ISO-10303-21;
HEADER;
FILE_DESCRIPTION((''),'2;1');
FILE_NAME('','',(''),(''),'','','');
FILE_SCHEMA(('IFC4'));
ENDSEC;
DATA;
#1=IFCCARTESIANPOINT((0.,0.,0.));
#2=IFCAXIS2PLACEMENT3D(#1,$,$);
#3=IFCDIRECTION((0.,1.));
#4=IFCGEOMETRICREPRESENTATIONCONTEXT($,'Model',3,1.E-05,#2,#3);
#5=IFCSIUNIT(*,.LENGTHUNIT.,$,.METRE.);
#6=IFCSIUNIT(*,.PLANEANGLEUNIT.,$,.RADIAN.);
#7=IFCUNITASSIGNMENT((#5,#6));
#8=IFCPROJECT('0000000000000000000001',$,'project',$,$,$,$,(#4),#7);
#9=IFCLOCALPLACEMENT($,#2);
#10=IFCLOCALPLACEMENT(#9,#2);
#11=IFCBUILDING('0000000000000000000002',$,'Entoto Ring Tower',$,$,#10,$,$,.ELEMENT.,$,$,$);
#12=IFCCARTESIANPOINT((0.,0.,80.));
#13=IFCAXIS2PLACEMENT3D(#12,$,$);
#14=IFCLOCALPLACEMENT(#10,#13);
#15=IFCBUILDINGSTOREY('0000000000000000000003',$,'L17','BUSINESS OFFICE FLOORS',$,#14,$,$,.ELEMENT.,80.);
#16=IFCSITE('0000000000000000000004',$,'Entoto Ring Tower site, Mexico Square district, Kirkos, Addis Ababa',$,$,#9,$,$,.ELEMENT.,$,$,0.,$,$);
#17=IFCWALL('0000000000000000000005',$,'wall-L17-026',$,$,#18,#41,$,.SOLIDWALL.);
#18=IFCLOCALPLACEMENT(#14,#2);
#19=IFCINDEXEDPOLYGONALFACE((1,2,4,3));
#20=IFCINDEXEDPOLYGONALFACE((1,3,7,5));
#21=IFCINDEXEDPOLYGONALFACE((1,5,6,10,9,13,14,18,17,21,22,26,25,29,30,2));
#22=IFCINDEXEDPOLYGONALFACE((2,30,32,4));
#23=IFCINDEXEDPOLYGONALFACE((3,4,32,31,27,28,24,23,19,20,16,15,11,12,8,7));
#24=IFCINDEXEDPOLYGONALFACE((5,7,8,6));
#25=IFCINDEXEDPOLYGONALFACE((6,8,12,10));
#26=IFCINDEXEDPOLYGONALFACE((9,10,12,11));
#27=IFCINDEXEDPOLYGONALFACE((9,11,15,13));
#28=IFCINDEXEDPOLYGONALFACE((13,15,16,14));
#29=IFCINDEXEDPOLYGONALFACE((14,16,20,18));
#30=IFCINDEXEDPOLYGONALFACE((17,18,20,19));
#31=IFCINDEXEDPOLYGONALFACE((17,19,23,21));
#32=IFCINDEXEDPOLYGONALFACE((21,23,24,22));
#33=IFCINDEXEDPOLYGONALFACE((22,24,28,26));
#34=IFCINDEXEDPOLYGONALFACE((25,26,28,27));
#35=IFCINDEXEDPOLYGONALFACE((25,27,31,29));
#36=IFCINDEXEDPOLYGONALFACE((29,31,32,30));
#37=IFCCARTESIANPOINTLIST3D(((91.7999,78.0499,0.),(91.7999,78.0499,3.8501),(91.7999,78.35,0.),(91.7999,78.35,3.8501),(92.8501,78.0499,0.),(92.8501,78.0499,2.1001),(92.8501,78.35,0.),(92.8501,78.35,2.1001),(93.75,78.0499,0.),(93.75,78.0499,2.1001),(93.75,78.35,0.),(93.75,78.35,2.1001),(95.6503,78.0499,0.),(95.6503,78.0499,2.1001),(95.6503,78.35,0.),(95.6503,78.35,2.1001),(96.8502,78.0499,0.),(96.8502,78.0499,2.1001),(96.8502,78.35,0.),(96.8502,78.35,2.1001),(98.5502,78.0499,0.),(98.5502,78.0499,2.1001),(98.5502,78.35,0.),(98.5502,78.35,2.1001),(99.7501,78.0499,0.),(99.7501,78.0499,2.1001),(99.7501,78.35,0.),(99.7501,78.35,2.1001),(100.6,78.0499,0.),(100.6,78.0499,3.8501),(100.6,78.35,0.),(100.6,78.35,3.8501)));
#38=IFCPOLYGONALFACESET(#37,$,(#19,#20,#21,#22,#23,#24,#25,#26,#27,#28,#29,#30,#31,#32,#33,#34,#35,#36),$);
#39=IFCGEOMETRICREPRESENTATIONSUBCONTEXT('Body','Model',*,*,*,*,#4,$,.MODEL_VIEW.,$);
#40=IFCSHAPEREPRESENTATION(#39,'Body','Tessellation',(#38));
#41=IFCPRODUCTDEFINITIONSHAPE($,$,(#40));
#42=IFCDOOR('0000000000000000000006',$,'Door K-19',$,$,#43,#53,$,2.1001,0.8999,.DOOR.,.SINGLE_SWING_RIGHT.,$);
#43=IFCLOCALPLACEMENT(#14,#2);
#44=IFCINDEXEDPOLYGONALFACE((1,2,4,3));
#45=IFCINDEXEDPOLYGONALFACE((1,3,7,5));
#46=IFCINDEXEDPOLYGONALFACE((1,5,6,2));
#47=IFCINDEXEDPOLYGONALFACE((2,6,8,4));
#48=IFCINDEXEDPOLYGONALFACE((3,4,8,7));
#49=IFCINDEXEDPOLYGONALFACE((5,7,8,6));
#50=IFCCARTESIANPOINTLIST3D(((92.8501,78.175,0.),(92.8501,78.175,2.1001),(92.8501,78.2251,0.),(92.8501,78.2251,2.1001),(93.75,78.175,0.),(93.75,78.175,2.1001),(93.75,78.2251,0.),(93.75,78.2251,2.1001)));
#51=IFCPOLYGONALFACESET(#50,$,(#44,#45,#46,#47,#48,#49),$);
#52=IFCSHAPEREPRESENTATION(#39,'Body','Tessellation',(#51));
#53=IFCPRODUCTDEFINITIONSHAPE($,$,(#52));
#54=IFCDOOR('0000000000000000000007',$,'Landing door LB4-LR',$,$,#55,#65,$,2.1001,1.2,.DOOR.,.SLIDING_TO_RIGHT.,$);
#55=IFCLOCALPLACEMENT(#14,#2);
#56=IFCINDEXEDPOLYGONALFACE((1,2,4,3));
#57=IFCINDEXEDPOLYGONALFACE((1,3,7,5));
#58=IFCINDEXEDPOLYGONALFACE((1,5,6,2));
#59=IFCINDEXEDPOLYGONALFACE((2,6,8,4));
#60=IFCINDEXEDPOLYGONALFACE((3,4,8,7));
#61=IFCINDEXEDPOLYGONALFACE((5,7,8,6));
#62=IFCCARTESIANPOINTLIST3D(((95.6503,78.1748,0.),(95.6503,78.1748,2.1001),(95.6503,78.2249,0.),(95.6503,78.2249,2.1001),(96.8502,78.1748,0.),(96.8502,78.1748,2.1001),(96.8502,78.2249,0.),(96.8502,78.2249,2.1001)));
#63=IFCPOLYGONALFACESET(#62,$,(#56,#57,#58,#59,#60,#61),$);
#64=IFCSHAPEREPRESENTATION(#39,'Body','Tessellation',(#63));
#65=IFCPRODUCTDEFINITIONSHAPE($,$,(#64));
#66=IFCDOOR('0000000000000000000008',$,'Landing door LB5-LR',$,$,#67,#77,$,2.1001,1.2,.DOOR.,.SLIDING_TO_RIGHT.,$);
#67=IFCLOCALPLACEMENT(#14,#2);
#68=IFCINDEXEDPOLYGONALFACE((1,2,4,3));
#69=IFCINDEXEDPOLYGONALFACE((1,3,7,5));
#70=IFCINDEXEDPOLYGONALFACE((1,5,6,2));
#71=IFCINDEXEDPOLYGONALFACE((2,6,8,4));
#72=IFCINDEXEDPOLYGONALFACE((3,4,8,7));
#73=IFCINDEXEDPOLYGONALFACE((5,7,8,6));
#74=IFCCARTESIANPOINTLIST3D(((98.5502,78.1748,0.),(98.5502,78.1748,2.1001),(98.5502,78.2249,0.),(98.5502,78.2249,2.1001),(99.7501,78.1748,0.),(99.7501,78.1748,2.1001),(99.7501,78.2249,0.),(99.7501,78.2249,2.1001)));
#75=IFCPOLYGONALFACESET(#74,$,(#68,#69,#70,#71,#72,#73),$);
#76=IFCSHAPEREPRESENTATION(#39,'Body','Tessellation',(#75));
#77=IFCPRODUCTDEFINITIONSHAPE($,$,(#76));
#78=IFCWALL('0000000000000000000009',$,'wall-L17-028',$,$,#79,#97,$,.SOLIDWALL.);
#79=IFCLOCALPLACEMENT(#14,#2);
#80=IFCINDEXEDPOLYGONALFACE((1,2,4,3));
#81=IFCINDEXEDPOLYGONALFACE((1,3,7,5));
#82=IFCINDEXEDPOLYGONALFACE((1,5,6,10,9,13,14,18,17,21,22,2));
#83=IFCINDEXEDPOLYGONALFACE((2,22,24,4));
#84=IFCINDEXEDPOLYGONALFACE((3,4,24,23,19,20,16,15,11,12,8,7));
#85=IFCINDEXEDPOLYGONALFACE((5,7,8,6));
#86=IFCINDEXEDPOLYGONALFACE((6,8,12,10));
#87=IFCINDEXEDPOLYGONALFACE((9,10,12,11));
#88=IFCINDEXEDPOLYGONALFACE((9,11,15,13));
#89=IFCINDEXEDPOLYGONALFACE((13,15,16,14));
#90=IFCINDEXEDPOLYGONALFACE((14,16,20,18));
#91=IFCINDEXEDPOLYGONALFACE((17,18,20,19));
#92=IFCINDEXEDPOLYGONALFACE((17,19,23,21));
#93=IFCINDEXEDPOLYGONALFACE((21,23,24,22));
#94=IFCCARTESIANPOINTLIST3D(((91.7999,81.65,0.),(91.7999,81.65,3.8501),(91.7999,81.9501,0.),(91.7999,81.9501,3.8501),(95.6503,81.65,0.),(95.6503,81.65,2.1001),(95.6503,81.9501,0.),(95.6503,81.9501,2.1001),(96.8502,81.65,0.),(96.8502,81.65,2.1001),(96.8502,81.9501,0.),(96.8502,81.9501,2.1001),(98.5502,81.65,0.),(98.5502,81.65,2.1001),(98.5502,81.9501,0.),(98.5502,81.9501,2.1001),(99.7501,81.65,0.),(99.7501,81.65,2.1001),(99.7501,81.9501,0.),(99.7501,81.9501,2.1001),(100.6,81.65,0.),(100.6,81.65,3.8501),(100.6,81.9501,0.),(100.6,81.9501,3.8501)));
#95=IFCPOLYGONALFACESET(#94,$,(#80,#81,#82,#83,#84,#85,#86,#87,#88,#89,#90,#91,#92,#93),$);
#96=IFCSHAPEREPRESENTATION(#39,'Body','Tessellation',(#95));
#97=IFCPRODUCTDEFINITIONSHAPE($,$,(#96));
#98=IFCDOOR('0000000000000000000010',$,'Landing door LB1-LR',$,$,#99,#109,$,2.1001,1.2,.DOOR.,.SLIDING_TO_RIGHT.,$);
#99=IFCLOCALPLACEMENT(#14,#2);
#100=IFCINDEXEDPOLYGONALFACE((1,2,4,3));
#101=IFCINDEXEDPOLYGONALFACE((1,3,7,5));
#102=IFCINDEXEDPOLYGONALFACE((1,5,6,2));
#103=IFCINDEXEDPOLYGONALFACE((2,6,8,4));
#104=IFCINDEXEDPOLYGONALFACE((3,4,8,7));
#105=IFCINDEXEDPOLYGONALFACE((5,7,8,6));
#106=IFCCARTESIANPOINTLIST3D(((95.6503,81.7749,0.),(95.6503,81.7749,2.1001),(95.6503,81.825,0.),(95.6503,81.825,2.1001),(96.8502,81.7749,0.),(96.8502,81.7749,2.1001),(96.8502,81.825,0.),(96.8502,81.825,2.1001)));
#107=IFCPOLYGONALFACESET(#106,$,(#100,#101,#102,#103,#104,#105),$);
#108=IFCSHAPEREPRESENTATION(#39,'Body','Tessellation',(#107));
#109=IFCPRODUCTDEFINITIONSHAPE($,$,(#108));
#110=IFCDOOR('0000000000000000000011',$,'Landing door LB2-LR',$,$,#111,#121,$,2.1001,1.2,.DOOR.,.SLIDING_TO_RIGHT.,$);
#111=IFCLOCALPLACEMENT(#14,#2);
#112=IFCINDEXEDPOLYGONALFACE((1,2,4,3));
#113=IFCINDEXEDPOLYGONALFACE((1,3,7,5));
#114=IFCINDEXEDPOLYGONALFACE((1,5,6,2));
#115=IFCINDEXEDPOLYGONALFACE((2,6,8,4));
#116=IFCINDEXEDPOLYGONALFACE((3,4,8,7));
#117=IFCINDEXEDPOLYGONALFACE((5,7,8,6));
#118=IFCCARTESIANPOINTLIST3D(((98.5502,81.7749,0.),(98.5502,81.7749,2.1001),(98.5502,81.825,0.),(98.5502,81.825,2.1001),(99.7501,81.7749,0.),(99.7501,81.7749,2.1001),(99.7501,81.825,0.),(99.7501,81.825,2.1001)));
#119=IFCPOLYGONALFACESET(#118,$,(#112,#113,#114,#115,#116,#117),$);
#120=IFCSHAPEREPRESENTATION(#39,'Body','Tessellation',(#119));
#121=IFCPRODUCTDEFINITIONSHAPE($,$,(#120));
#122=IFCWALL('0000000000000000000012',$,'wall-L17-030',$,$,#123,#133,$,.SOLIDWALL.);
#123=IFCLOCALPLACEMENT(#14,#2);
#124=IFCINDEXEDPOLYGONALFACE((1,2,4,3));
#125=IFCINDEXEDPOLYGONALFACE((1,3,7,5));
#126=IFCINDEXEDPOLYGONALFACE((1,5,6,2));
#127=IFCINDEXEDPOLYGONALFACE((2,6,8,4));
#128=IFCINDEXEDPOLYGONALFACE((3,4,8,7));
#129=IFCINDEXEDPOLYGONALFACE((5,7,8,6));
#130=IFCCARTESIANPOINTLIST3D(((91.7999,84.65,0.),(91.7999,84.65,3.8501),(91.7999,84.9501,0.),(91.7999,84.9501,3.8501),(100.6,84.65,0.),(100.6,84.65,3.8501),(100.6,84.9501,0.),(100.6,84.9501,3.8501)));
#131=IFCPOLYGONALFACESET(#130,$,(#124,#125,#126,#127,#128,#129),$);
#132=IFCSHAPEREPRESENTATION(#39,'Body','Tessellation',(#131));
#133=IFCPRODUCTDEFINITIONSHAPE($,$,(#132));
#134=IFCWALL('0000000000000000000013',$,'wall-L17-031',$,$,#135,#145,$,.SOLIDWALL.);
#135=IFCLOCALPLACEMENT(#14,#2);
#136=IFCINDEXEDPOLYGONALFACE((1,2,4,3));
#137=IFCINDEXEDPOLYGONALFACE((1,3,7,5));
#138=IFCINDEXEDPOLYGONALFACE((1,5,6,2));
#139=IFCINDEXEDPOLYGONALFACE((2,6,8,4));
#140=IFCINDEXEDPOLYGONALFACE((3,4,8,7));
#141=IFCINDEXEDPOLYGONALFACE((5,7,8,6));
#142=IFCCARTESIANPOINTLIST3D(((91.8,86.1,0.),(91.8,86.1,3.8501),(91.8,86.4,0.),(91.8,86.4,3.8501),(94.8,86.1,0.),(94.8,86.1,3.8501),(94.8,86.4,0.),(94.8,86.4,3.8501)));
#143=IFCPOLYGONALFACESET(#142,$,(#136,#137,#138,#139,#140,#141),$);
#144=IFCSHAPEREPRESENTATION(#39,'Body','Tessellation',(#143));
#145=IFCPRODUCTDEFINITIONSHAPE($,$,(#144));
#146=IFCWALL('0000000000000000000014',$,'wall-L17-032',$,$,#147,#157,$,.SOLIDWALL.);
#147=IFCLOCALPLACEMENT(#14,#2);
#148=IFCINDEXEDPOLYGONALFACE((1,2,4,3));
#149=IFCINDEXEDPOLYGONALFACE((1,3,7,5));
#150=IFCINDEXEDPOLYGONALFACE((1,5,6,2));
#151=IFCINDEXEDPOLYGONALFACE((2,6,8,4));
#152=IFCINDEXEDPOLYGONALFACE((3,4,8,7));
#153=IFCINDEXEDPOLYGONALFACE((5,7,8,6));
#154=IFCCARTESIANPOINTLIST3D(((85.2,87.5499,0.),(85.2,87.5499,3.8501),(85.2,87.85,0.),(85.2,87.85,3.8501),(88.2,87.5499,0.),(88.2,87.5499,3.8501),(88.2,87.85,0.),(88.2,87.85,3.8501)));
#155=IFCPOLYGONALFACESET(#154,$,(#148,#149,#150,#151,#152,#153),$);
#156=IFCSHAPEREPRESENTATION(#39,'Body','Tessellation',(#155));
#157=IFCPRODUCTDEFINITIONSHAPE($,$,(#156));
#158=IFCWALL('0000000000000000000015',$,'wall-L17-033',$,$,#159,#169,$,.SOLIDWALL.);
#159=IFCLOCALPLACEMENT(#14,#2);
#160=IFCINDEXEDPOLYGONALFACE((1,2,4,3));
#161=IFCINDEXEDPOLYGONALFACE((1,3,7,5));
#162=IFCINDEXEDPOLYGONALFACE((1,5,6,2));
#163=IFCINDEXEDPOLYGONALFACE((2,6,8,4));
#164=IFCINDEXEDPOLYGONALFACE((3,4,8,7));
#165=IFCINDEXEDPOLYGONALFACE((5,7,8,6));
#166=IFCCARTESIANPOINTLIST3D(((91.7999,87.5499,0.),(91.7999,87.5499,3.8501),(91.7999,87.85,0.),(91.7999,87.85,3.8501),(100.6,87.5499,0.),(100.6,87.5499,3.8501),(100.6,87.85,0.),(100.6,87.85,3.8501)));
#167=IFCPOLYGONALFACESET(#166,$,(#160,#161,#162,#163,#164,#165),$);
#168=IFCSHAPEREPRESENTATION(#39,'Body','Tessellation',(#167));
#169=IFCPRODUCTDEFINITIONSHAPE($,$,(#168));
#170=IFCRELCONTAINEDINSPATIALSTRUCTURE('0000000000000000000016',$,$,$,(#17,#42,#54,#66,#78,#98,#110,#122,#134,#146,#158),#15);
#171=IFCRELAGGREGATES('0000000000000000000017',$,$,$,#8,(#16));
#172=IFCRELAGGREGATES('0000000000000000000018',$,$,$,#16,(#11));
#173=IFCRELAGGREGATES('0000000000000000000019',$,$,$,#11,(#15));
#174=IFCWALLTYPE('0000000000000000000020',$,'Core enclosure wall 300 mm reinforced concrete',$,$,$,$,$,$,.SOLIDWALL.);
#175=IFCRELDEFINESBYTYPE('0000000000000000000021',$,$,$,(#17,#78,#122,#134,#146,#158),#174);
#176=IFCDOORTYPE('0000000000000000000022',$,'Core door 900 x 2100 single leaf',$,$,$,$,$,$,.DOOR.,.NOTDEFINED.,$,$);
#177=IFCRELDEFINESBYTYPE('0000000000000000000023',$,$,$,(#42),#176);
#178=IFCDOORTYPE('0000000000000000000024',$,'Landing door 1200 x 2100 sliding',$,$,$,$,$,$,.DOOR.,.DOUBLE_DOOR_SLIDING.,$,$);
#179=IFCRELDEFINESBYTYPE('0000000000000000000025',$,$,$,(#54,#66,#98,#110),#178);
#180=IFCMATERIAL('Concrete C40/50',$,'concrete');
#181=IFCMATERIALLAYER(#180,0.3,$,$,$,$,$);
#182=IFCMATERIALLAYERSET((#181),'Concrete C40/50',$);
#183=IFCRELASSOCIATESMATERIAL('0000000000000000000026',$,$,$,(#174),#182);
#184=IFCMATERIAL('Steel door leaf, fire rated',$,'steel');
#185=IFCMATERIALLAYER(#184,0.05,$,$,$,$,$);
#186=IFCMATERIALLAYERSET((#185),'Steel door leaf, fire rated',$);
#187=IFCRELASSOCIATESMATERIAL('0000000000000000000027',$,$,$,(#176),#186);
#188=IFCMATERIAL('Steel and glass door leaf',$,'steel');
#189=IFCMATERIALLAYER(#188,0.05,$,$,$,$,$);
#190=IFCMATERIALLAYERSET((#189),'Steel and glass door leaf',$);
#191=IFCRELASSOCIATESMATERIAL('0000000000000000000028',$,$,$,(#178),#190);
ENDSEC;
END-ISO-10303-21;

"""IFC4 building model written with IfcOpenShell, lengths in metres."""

from ifc_helpers import new_model, si_unit, direction, frame, frame_2d, origin, place, context, subcontext, project, spatial, rectangle, extrude, material, layer, layer_set, type_object, element, fill, save


model = new_model("IFC4")

# Units and contexts
model_context = context("Model", 3, precision=1e-05, world=origin(), true_north=direction((0.0, 1.0)))
body_context = subcontext(model_context, "Body", "Model", "MODEL_VIEW")
ifc_project = project(units=[si_unit("LENGTHUNIT", "METRE"), si_unit("PLANEANGLEUNIT", "RADIAN")], contexts=[model_context])

# Site, building, storey
site_placement = place(None, origin())
site = spatial("IfcSite", under=ifc_project, at=site_placement, Name="Entoto Ring Tower site, Mexico Square district, Kirkos, Addis Ababa", CompositionType="ELEMENT", RefElevation=0.0)
building_placement = place(site_placement, origin())
building = spatial("IfcBuilding", under=site, at=building_placement, Name="Entoto Ring Tower", CompositionType="ELEMENT")
storey_placement = place(building_placement, frame((0.0, 0.0, 80.0)))
storey = spatial("IfcBuildingStorey", under=building, at=storey_placement, Name="L17", Description="BUSINESS OFFICE FLOORS", CompositionType="ELEMENT", Elevation=80.0)

# Shared definitions
ifc_material_1 = material(Name="Concrete C40/50", Category="concrete")
ifc_layer_1 = layer(ifc_material_1, 0.3)
ifc_layer_set_1 = layer_set([ifc_layer_1], Name="Concrete C40/50")
wall_type = type_object("IfcWallType", Name="Core enclosure wall 300 mm reinforced concrete", PredefinedType="SOLIDWALL", material=ifc_layer_set_1)

# Shared definitions
ifc_material_2 = material(Name="Steel door leaf, fire rated", Category="steel")
ifc_layer_2 = layer(ifc_material_2, 0.05)
ifc_layer_set_2 = layer_set([ifc_layer_2], Name="Steel door leaf, fire rated")
door_type_1 = type_object("IfcDoorType", Name="Core door 900 x 2100 single leaf", OperationType="NOTDEFINED", PredefinedType="DOOR", material=ifc_layer_set_2)

# Walls, openings, doors
ifc_material_3 = material(Name="Steel and glass door leaf", Category="steel")
ifc_layer_3 = layer(ifc_material_3, 0.05)
ifc_layer_set_3 = layer_set([ifc_layer_3], Name="Steel and glass door leaf")
door_type_2 = type_object("IfcDoorType", Name="Landing door 1200 x 2100 sliding", OperationType="DOUBLE_DOOR_SLIDING", PredefinedType="DOOR", material=ifc_layer_set_3)
wall_1_placement = place(storey_placement, frame((91.8, 78.2, 0.0), z_axis=(0.0, 0.0, 1.0), x_axis=(1.0, 0.0, 0.0)))
wall_1 = element("IfcWall", 1, at=wall_1_placement, inside=storey, type_object=wall_type, Name="wall-L17-026", PredefinedType="SOLIDWALL", context=body_context, shape_type="SweptSolid", body=[
    extrude(rectangle(XDim=8.8, YDim=0.3, at=frame_2d((4.3999, 0.0))), origin(), (0.0, 0.0, 1.0), 3.8501),
])
opening_1_placement = place(wall_1_placement, frame((3.8501, 0.0, 0.0)))
opening_1 = element("IfcOpeningElement", 2, at=opening_1_placement, cuts=wall_1, PredefinedType="OPENING", context=body_context, shape_type="SweptSolid", body=[
    extrude(rectangle(XDim=1.2, YDim=2.1001, at=frame_2d((0.6001, 1.05))), frame((0.0, 0.1602, 0.0), z_axis=(0.0, -1.0, 0.0), x_axis=(1.0, 0.0, 0.0)), (0.0, 0.0, 1.0), 0.3201),
])
opening_2_placement = place(wall_1_placement, frame((6.75, 0.0, 0.0)))
opening_2 = element("IfcOpeningElement", 3, at=opening_2_placement, cuts=wall_1, PredefinedType="OPENING", context=body_context, shape_type="SweptSolid", body=[
    extrude(rectangle(XDim=1.2, YDim=2.1001, at=frame_2d((0.6001, 1.05))), frame((0.0, 0.1602, 0.0), z_axis=(0.0, -1.0, 0.0), x_axis=(1.0, 0.0, 0.0)), (0.0, 0.0, 1.0), 0.3201),
])
opening_3_placement = place(wall_1_placement, frame((1.05, 0.0, 0.0)))
opening_3 = element("IfcOpeningElement", 4, at=opening_3_placement, cuts=wall_1, PredefinedType="OPENING", context=body_context, shape_type="SweptSolid", body=[
    extrude(rectangle(XDim=0.8999, YDim=2.1001, at=frame_2d((0.45, 1.05))), frame((0.0, 0.1602, 0.0), z_axis=(0.0, -1.0, 0.0), x_axis=(1.0, 0.0, 0.0)), (0.0, 0.0, 1.0), 0.3201),
])
door_1_placement = place(opening_3_placement, frame((0.8999, 0.0, 0.0), z_axis=(0.0, 0.0, 1.0), x_axis=(-1.0, 0.0, 0.0)))
door_1 = element("IfcDoor", 5, at=door_1_placement, inside=storey, type_object=door_type_1, Name="Door K-19", OperationType="SINGLE_SWING_RIGHT", OverallHeight=2.1001, OverallWidth=0.8999, PredefinedType="DOOR", context=body_context, shape_type="SweptSolid", body=[
    extrude(rectangle(XDim=0.8999, YDim=2.1001, at=frame_2d((0.45, 1.05))), frame((0.0, 0.0249, 0.0), z_axis=(0.0, -1.0, 0.0), x_axis=(1.0, 0.0, 0.0)), (0.0, 0.0, 1.0), 0.05),
])
fill(opening_3, door_1)
door_2_placement = place(opening_1_placement, origin())
door_2 = element("IfcDoor", 6, at=door_2_placement, inside=storey, type_object=door_type_2, Name="Landing door LB4-LR", OperationType="SLIDING_TO_RIGHT", OverallHeight=2.1001, OverallWidth=1.2, PredefinedType="DOOR", context=body_context, shape_type="SweptSolid", body=[
    extrude(rectangle(XDim=1.2, YDim=2.1001, at=frame_2d((0.6001, 1.05))), frame((0.0, 0.0249, 0.0), z_axis=(0.0, -1.0, 0.0), x_axis=(1.0, 0.0, 0.0)), (0.0, 0.0, 1.0), 0.05),
])
fill(opening_1, door_2)
door_3_placement = place(opening_2_placement, origin())
door_3 = element("IfcDoor", 7, at=door_3_placement, inside=storey, type_object=door_type_2, Name="Landing door LB5-LR", OperationType="SLIDING_TO_RIGHT", OverallHeight=2.1001, OverallWidth=1.2, PredefinedType="DOOR", context=body_context, shape_type="SweptSolid", body=[
    extrude(rectangle(XDim=1.2, YDim=2.1001, at=frame_2d((0.6001, 1.05))), frame((0.0, 0.0249, 0.0), z_axis=(0.0, -1.0, 0.0), x_axis=(1.0, 0.0, 0.0)), (0.0, 0.0, 1.0), 0.05),
])
fill(opening_2, door_3)
wall_2_placement = place(storey_placement, frame((91.8, 81.8, 0.0), z_axis=(0.0, 0.0, 1.0), x_axis=(1.0, 0.0, 0.0)))
wall_2 = element("IfcWall", 8, at=wall_2_placement, inside=storey, type_object=wall_type, Name="wall-L17-028", PredefinedType="SOLIDWALL", context=body_context, shape_type="SweptSolid", body=[
    extrude(rectangle(XDim=8.8, YDim=0.3, at=frame_2d((4.3999, 0.0))), origin(), (0.0, 0.0, 1.0), 3.8501),
])
opening_4_placement = place(wall_2_placement, frame((3.8501, 0.0, 0.0)))
opening_4 = element("IfcOpeningElement", 9, at=opening_4_placement, cuts=wall_2, PredefinedType="OPENING", context=body_context, shape_type="SweptSolid", body=[
    extrude(rectangle(XDim=1.2, YDim=2.1001, at=frame_2d((0.6001, 1.05))), frame((0.0, 0.1602, 0.0), z_axis=(0.0, -1.0, 0.0), x_axis=(1.0, 0.0, 0.0)), (0.0, 0.0, 1.0), 0.3201),
])
opening_5_placement = place(wall_2_placement, frame((6.75, 0.0, 0.0)))
opening_5 = element("IfcOpeningElement", 10, at=opening_5_placement, cuts=wall_2, PredefinedType="OPENING", context=body_context, shape_type="SweptSolid", body=[
    extrude(rectangle(XDim=1.2, YDim=2.1001, at=frame_2d((0.6001, 1.05))), frame((0.0, 0.1602, 0.0), z_axis=(0.0, -1.0, 0.0), x_axis=(1.0, 0.0, 0.0)), (0.0, 0.0, 1.0), 0.3201),
])
door_4_placement = place(opening_4_placement, origin())
door_4 = element("IfcDoor", 11, at=door_4_placement, inside=storey, type_object=door_type_2, Name="Landing door LB1-LR", OperationType="SLIDING_TO_RIGHT", OverallHeight=2.1001, OverallWidth=1.2, PredefinedType="DOOR", context=body_context, shape_type="SweptSolid", body=[
    extrude(rectangle(XDim=1.2, YDim=2.1001, at=frame_2d((0.6001, 1.05))), frame((0.0, 0.0249, 0.0), z_axis=(0.0, -1.0, 0.0), x_axis=(1.0, 0.0, 0.0)), (0.0, 0.0, 1.0), 0.05),
])
fill(opening_4, door_4)
door_5_placement = place(opening_5_placement, origin())
door_5 = element("IfcDoor", 12, at=door_5_placement, inside=storey, type_object=door_type_2, Name="Landing door LB2-LR", OperationType="SLIDING_TO_RIGHT", OverallHeight=2.1001, OverallWidth=1.2, PredefinedType="DOOR", context=body_context, shape_type="SweptSolid", body=[
    extrude(rectangle(XDim=1.2, YDim=2.1001, at=frame_2d((0.6001, 1.05))), frame((0.0, 0.0249, 0.0), z_axis=(0.0, -1.0, 0.0), x_axis=(1.0, 0.0, 0.0)), (0.0, 0.0, 1.0), 0.05),
])
fill(opening_5, door_5)

# Walls
wall_3_placement = place(storey_placement, frame((91.8, 84.8, 0.0), z_axis=(0.0, 0.0, 1.0), x_axis=(1.0, 0.0, 0.0)))
element("IfcWall", 13, at=wall_3_placement, inside=storey, type_object=wall_type, Name="wall-L17-030", PredefinedType="SOLIDWALL", context=body_context, shape_type="SweptSolid", body=[
    extrude(rectangle(XDim=8.8, YDim=0.3, at=frame_2d((4.3999, 0.0))), origin(), (0.0, 0.0, 1.0), 3.8501),
])
for number, where, z_axis, x_axis, name in (
    (14, (91.8, 86.25, 0.0), (0.0, 0.0, 1.0), (1.0, 0.0, 0.0), "wall-L17-031"),
    (15, (85.2, 87.7, 0.0), (0.0, 0.0, 1.0), (1.0, 0.0, 0.0), "wall-L17-032"),
):
    element("IfcWall", number, at=place(storey_placement, frame(where, z_axis=z_axis, x_axis=x_axis)), inside=storey, type_object=wall_type, Name=name, PredefinedType="SOLIDWALL", context=body_context, shape_type="SweptSolid", body=[
        extrude(rectangle(XDim=3.0, YDim=0.3, at=frame_2d((1.5, 0.0))), origin(), (0.0, 0.0, 1.0), 3.8501),
    ])
wall_4_placement = place(storey_placement, frame((91.8, 87.7, 0.0), z_axis=(0.0, 0.0, 1.0), x_axis=(1.0, 0.0, 0.0)))
element("IfcWall", 16, at=wall_4_placement, inside=storey, type_object=wall_type, Name="wall-L17-033", PredefinedType="SOLIDWALL", context=body_context, shape_type="SweptSolid", body=[
    extrude(rectangle(XDim=8.8, YDim=0.3, at=frame_2d((4.3999, 0.0))), origin(), (0.0, 0.0, 1.0), 3.8501),
])

save(model, "model.ifc")
